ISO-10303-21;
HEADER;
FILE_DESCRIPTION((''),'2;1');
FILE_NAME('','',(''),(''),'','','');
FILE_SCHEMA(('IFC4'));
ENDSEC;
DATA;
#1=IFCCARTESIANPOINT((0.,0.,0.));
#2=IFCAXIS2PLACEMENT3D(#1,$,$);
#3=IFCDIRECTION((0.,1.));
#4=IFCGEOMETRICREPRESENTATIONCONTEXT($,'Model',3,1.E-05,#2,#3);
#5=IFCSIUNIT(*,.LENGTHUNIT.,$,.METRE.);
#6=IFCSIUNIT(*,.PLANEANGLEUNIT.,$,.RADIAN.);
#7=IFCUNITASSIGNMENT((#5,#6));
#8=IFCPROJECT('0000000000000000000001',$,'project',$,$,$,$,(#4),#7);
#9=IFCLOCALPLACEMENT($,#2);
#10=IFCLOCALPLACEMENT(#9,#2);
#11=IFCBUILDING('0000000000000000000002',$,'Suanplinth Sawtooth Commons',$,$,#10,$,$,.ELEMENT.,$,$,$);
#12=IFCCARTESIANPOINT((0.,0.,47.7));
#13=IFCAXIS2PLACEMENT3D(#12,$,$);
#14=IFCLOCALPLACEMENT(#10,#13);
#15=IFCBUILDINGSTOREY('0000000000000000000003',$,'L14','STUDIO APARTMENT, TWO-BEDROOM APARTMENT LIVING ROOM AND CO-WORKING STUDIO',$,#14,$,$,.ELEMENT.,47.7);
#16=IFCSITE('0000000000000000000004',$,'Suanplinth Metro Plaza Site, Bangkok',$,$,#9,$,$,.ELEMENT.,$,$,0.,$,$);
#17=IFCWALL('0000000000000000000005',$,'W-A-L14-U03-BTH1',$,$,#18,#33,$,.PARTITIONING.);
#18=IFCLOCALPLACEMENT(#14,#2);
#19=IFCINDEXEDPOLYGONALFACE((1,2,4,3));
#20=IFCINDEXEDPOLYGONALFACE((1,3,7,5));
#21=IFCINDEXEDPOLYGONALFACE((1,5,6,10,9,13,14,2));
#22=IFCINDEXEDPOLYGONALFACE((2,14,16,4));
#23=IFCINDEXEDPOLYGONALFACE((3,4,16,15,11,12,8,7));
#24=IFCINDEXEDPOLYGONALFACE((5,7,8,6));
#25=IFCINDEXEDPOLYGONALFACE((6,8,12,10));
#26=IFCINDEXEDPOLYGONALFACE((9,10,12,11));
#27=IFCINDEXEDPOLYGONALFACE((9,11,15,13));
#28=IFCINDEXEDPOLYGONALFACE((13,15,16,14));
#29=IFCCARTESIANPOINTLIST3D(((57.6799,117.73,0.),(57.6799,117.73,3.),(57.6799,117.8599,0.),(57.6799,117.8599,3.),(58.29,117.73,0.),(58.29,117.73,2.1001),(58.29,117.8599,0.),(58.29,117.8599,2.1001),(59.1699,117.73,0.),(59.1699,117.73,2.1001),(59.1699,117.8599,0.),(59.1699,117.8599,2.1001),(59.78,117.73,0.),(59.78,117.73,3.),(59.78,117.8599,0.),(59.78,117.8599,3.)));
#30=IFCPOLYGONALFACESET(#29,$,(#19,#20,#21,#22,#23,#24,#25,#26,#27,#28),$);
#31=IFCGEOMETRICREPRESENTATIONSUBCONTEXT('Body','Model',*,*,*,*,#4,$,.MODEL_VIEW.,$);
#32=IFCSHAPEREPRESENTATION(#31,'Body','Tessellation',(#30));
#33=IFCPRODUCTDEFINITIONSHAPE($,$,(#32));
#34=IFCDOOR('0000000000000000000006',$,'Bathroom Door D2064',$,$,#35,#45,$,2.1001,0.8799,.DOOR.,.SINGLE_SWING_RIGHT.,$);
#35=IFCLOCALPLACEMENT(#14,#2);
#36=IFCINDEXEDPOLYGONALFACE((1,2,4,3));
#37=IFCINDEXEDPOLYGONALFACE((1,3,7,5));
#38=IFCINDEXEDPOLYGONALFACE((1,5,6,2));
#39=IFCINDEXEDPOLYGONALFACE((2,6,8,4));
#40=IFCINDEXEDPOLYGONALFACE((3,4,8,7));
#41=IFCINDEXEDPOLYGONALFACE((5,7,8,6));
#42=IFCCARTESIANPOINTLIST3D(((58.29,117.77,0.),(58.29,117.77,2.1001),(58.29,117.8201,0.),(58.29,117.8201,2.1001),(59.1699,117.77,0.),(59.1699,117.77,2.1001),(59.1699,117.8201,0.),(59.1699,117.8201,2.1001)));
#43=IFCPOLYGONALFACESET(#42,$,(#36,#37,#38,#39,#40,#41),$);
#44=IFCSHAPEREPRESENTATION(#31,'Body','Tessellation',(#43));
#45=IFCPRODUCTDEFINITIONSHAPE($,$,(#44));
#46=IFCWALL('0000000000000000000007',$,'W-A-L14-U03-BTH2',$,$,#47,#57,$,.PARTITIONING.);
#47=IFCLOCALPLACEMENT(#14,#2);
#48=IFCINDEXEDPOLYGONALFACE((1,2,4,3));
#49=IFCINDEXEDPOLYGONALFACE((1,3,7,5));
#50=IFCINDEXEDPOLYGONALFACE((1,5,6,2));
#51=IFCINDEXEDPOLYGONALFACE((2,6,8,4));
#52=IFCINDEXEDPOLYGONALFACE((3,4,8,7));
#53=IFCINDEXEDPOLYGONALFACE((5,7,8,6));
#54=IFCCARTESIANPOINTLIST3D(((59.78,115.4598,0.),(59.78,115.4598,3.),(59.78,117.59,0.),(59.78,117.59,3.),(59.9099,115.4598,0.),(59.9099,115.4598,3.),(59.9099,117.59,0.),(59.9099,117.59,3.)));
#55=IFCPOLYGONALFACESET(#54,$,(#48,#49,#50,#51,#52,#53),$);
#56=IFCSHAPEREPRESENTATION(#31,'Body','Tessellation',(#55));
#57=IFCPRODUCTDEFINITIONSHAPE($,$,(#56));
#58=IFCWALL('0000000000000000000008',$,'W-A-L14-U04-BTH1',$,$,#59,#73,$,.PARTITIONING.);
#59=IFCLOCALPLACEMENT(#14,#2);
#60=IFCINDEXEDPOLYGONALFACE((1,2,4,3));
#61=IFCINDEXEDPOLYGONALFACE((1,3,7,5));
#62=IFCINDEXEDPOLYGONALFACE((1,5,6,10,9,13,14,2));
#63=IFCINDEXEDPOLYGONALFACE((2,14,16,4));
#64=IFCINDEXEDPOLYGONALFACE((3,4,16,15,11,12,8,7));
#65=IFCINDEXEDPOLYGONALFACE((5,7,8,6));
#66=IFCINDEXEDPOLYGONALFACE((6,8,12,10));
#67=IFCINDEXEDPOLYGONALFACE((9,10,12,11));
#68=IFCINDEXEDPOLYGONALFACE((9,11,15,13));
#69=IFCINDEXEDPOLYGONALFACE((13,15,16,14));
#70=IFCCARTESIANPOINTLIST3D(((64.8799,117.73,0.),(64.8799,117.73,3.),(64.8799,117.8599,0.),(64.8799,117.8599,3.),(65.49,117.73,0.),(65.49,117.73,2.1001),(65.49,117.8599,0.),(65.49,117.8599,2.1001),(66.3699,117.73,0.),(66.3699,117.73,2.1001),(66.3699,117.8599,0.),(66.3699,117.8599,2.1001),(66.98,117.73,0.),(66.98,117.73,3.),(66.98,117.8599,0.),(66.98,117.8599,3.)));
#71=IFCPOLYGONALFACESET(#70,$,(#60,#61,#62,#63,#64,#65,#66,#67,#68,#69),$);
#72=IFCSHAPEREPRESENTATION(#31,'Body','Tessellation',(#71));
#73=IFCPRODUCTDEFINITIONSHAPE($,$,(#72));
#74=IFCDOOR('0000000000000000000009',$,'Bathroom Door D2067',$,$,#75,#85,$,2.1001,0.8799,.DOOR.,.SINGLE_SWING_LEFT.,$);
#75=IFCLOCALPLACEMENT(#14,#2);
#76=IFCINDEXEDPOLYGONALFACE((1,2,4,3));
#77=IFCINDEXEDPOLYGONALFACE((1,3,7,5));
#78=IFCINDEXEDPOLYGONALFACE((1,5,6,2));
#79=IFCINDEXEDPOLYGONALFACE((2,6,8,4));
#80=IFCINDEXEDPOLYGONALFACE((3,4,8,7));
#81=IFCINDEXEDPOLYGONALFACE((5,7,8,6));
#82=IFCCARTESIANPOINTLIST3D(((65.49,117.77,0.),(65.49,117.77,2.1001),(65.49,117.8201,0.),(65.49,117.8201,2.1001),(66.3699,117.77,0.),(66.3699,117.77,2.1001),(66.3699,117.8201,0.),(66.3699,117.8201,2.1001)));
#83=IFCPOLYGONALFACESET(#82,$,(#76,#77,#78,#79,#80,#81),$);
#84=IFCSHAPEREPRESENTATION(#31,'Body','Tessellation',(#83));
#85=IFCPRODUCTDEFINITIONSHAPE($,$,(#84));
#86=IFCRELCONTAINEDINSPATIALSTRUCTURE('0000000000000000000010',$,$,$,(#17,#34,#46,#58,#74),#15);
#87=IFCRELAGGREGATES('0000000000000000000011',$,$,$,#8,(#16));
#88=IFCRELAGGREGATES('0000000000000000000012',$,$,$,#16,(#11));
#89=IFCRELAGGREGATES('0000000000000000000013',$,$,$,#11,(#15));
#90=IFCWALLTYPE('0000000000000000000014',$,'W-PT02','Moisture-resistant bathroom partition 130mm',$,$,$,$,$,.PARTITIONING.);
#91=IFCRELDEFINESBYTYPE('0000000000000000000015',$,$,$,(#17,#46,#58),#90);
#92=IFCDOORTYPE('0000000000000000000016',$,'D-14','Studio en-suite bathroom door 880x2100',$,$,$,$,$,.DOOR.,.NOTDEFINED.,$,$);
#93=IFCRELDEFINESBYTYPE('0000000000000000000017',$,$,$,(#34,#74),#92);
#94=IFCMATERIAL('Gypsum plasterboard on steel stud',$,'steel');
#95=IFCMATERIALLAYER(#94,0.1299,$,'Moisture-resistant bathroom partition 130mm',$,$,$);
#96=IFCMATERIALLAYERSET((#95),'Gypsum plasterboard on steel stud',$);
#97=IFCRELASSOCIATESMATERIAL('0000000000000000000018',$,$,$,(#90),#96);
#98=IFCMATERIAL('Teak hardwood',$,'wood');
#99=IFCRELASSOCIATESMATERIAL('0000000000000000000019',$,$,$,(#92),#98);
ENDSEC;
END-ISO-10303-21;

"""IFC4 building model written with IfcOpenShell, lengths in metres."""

from ifc_helpers import new_model, si_unit, direction, frame, frame_2d, origin, place, context, subcontext, project, spatial, rectangle, extrude, material, layer, layer_set, type_object, element, fill, save


model = new_model("IFC4")

# Units and contexts
model_context = context("Model", 3, precision=1e-05, world=origin(), true_north=direction((0.0, 1.0)))
body_context = subcontext(model_context, "Body", "Model", "MODEL_VIEW")
ifc_project = project(units=[si_unit("LENGTHUNIT", "METRE"), si_unit("PLANEANGLEUNIT", "RADIAN")], contexts=[model_context])

# Site, building, storey
site_placement = place(None, origin())
site = spatial("IfcSite", under=ifc_project, at=site_placement, Name="Suanplinth Metro Plaza Site, Bangkok", CompositionType="ELEMENT", RefElevation=0.0)
building_placement = place(site_placement, origin())
building = spatial("IfcBuilding", under=site, at=building_placement, Name="Suanplinth Sawtooth Commons", CompositionType="ELEMENT")
storey_placement = place(building_placement, frame((0.0, 0.0, 47.7)))
storey = spatial("IfcBuildingStorey", under=building, at=storey_placement, Name="L14", Description="STUDIO APARTMENT, TWO-BEDROOM APARTMENT LIVING ROOM AND CO-WORKING STUDIO", CompositionType="ELEMENT", Elevation=47.7)

# Shared definitions
ifc_material_1 = material(Name="Gypsum plasterboard on steel stud", Category="steel")
ifc_material_2 = material(Name="Teak hardwood", Category="wood")

# Wall, opening, door
ifc_layer_1 = layer(ifc_material_1, 0.1299, Name="Moisture-resistant bathroom partition 130mm")
ifc_layer_set_1 = layer_set([ifc_layer_1], Name="Gypsum plasterboard on steel stud")
wall_type_1 = type_object("IfcWallType", Name="W-PT02", Description="Moisture-resistant bathroom partition 130mm", PredefinedType="PARTITIONING", material=ifc_layer_set_1)
wall_1_placement = place(storey_placement, frame((57.6799, 117.7949, 0.0), z_axis=(0.0, 0.0, 1.0), x_axis=(1.0, 0.0, 0.0)))
wall_1 = element("IfcWall", 1, at=wall_1_placement, inside=storey, type_object=wall_type_1, Name="W-A-L14-U03-BTH1", PredefinedType="PARTITIONING", context=body_context, shape_type="SweptSolid", body=[
    extrude(rectangle(XDim=2.1001, YDim=0.1299, at=frame_2d((1.05, 0.0))), origin(), (0.0, 0.0, 1.0), 3.0),
])
opening_1_placement = place(wall_1_placement, frame((0.6101, 0.0, 0.0)))
opening_1 = element("IfcOpeningElement", 2, at=opening_1_placement, cuts=wall_1, PredefinedType="OPENING", context=body_context, shape_type="SweptSolid", body=[
    extrude(rectangle(XDim=0.8799, YDim=2.1001, at=frame_2d((0.4399, 1.05))), frame((0.0, 0.0798, 0.0), z_axis=(0.0, -1.0, 0.0), x_axis=(1.0, 0.0, 0.0)), (0.0, 0.0, 1.0), 0.1597),
])
door_type_1 = type_object("IfcDoorType", Name="D-14", Description="Studio en-suite bathroom door 880x2100", OperationType="NOTDEFINED", PredefinedType="DOOR", material=ifc_material_2)
door_1_placement = place(opening_1_placement, frame((0.8799, 0.0, 0.0), z_axis=(0.0, 0.0, 1.0), x_axis=(-1.0, 0.0, 0.0)))
door_1 = element("IfcDoor", 3, at=door_1_placement, inside=storey, type_object=door_type_1, Name="Bathroom Door D2064", OperationType="SINGLE_SWING_RIGHT", OverallHeight=2.1001, OverallWidth=0.8799, PredefinedType="DOOR", context=body_context, shape_type="SweptSolid", body=[
    extrude(rectangle(XDim=0.8799, YDim=2.1001, at=frame_2d((0.4399, 1.05))), frame((0.0, 0.0249, 0.0), z_axis=(0.0, -1.0, 0.0), x_axis=(1.0, 0.0, 0.0)), (0.0, 0.0, 1.0), 0.05),
])
fill(opening_1, door_1)

# Wall
wall_2_placement = place(storey_placement, frame((59.845, 115.46, 0.0), z_axis=(0.0, 0.0, 1.0), x_axis=(0.0, 1.0, 0.0)))
element("IfcWall", 4, at=wall_2_placement, inside=storey, type_object=wall_type_1, Name="W-A-L14-U03-BTH2", PredefinedType="PARTITIONING", context=body_context, shape_type="SweptSolid", body=[
    extrude(rectangle(XDim=2.1301, YDim=0.1299, at=frame_2d((1.0649, 0.0))), origin(), (0.0, 0.0, 1.0), 3.0),
])

# Wall, opening, door
wall_3_placement = place(storey_placement, frame((64.8799, 117.7949, 0.0), z_axis=(0.0, 0.0, 1.0), x_axis=(1.0, 0.0, 0.0)))
wall_3 = element("IfcWall", 5, at=wall_3_placement, inside=storey, type_object=wall_type_1, Name="W-A-L14-U04-BTH1", PredefinedType="PARTITIONING", context=body_context, shape_type="SweptSolid", body=[
    extrude(rectangle(XDim=2.1001, YDim=0.1299, at=frame_2d((1.05, 0.0))), origin(), (0.0, 0.0, 1.0), 3.0),
])
opening_2_placement = place(wall_3_placement, frame((0.6101, 0.0, 0.0)))
opening_2 = element("IfcOpeningElement", 6, at=opening_2_placement, cuts=wall_3, PredefinedType="OPENING", context=body_context, shape_type="SweptSolid", body=[
    extrude(rectangle(XDim=0.8799, YDim=2.1001, at=frame_2d((0.4399, 1.05))), frame((0.0, 0.0798, 0.0), z_axis=(0.0, -1.0, 0.0), x_axis=(1.0, 0.0, 0.0)), (0.0, 0.0, 1.0), 0.1597),
])
door_2_placement = place(opening_2_placement, frame((0.8799, 0.0, 0.0), z_axis=(0.0, 0.0, 1.0), x_axis=(-1.0, 0.0, 0.0)))
door_2 = element("IfcDoor", 7, at=door_2_placement, inside=storey, type_object=door_type_1, Name="Bathroom Door D2067", OperationType="SINGLE_SWING_LEFT", OverallHeight=2.1001, OverallWidth=0.8799, PredefinedType="DOOR", context=body_context, shape_type="SweptSolid", body=[
    extrude(rectangle(XDim=0.8799, YDim=2.1001, at=frame_2d((0.4399, 1.05))), frame((0.0, 0.0249, 0.0), z_axis=(0.0, -1.0, 0.0), x_axis=(1.0, 0.0, 0.0)), (0.0, 0.0, 1.0), 0.05),
])
fill(opening_2, door_2)

save(model, "model.ifc")
